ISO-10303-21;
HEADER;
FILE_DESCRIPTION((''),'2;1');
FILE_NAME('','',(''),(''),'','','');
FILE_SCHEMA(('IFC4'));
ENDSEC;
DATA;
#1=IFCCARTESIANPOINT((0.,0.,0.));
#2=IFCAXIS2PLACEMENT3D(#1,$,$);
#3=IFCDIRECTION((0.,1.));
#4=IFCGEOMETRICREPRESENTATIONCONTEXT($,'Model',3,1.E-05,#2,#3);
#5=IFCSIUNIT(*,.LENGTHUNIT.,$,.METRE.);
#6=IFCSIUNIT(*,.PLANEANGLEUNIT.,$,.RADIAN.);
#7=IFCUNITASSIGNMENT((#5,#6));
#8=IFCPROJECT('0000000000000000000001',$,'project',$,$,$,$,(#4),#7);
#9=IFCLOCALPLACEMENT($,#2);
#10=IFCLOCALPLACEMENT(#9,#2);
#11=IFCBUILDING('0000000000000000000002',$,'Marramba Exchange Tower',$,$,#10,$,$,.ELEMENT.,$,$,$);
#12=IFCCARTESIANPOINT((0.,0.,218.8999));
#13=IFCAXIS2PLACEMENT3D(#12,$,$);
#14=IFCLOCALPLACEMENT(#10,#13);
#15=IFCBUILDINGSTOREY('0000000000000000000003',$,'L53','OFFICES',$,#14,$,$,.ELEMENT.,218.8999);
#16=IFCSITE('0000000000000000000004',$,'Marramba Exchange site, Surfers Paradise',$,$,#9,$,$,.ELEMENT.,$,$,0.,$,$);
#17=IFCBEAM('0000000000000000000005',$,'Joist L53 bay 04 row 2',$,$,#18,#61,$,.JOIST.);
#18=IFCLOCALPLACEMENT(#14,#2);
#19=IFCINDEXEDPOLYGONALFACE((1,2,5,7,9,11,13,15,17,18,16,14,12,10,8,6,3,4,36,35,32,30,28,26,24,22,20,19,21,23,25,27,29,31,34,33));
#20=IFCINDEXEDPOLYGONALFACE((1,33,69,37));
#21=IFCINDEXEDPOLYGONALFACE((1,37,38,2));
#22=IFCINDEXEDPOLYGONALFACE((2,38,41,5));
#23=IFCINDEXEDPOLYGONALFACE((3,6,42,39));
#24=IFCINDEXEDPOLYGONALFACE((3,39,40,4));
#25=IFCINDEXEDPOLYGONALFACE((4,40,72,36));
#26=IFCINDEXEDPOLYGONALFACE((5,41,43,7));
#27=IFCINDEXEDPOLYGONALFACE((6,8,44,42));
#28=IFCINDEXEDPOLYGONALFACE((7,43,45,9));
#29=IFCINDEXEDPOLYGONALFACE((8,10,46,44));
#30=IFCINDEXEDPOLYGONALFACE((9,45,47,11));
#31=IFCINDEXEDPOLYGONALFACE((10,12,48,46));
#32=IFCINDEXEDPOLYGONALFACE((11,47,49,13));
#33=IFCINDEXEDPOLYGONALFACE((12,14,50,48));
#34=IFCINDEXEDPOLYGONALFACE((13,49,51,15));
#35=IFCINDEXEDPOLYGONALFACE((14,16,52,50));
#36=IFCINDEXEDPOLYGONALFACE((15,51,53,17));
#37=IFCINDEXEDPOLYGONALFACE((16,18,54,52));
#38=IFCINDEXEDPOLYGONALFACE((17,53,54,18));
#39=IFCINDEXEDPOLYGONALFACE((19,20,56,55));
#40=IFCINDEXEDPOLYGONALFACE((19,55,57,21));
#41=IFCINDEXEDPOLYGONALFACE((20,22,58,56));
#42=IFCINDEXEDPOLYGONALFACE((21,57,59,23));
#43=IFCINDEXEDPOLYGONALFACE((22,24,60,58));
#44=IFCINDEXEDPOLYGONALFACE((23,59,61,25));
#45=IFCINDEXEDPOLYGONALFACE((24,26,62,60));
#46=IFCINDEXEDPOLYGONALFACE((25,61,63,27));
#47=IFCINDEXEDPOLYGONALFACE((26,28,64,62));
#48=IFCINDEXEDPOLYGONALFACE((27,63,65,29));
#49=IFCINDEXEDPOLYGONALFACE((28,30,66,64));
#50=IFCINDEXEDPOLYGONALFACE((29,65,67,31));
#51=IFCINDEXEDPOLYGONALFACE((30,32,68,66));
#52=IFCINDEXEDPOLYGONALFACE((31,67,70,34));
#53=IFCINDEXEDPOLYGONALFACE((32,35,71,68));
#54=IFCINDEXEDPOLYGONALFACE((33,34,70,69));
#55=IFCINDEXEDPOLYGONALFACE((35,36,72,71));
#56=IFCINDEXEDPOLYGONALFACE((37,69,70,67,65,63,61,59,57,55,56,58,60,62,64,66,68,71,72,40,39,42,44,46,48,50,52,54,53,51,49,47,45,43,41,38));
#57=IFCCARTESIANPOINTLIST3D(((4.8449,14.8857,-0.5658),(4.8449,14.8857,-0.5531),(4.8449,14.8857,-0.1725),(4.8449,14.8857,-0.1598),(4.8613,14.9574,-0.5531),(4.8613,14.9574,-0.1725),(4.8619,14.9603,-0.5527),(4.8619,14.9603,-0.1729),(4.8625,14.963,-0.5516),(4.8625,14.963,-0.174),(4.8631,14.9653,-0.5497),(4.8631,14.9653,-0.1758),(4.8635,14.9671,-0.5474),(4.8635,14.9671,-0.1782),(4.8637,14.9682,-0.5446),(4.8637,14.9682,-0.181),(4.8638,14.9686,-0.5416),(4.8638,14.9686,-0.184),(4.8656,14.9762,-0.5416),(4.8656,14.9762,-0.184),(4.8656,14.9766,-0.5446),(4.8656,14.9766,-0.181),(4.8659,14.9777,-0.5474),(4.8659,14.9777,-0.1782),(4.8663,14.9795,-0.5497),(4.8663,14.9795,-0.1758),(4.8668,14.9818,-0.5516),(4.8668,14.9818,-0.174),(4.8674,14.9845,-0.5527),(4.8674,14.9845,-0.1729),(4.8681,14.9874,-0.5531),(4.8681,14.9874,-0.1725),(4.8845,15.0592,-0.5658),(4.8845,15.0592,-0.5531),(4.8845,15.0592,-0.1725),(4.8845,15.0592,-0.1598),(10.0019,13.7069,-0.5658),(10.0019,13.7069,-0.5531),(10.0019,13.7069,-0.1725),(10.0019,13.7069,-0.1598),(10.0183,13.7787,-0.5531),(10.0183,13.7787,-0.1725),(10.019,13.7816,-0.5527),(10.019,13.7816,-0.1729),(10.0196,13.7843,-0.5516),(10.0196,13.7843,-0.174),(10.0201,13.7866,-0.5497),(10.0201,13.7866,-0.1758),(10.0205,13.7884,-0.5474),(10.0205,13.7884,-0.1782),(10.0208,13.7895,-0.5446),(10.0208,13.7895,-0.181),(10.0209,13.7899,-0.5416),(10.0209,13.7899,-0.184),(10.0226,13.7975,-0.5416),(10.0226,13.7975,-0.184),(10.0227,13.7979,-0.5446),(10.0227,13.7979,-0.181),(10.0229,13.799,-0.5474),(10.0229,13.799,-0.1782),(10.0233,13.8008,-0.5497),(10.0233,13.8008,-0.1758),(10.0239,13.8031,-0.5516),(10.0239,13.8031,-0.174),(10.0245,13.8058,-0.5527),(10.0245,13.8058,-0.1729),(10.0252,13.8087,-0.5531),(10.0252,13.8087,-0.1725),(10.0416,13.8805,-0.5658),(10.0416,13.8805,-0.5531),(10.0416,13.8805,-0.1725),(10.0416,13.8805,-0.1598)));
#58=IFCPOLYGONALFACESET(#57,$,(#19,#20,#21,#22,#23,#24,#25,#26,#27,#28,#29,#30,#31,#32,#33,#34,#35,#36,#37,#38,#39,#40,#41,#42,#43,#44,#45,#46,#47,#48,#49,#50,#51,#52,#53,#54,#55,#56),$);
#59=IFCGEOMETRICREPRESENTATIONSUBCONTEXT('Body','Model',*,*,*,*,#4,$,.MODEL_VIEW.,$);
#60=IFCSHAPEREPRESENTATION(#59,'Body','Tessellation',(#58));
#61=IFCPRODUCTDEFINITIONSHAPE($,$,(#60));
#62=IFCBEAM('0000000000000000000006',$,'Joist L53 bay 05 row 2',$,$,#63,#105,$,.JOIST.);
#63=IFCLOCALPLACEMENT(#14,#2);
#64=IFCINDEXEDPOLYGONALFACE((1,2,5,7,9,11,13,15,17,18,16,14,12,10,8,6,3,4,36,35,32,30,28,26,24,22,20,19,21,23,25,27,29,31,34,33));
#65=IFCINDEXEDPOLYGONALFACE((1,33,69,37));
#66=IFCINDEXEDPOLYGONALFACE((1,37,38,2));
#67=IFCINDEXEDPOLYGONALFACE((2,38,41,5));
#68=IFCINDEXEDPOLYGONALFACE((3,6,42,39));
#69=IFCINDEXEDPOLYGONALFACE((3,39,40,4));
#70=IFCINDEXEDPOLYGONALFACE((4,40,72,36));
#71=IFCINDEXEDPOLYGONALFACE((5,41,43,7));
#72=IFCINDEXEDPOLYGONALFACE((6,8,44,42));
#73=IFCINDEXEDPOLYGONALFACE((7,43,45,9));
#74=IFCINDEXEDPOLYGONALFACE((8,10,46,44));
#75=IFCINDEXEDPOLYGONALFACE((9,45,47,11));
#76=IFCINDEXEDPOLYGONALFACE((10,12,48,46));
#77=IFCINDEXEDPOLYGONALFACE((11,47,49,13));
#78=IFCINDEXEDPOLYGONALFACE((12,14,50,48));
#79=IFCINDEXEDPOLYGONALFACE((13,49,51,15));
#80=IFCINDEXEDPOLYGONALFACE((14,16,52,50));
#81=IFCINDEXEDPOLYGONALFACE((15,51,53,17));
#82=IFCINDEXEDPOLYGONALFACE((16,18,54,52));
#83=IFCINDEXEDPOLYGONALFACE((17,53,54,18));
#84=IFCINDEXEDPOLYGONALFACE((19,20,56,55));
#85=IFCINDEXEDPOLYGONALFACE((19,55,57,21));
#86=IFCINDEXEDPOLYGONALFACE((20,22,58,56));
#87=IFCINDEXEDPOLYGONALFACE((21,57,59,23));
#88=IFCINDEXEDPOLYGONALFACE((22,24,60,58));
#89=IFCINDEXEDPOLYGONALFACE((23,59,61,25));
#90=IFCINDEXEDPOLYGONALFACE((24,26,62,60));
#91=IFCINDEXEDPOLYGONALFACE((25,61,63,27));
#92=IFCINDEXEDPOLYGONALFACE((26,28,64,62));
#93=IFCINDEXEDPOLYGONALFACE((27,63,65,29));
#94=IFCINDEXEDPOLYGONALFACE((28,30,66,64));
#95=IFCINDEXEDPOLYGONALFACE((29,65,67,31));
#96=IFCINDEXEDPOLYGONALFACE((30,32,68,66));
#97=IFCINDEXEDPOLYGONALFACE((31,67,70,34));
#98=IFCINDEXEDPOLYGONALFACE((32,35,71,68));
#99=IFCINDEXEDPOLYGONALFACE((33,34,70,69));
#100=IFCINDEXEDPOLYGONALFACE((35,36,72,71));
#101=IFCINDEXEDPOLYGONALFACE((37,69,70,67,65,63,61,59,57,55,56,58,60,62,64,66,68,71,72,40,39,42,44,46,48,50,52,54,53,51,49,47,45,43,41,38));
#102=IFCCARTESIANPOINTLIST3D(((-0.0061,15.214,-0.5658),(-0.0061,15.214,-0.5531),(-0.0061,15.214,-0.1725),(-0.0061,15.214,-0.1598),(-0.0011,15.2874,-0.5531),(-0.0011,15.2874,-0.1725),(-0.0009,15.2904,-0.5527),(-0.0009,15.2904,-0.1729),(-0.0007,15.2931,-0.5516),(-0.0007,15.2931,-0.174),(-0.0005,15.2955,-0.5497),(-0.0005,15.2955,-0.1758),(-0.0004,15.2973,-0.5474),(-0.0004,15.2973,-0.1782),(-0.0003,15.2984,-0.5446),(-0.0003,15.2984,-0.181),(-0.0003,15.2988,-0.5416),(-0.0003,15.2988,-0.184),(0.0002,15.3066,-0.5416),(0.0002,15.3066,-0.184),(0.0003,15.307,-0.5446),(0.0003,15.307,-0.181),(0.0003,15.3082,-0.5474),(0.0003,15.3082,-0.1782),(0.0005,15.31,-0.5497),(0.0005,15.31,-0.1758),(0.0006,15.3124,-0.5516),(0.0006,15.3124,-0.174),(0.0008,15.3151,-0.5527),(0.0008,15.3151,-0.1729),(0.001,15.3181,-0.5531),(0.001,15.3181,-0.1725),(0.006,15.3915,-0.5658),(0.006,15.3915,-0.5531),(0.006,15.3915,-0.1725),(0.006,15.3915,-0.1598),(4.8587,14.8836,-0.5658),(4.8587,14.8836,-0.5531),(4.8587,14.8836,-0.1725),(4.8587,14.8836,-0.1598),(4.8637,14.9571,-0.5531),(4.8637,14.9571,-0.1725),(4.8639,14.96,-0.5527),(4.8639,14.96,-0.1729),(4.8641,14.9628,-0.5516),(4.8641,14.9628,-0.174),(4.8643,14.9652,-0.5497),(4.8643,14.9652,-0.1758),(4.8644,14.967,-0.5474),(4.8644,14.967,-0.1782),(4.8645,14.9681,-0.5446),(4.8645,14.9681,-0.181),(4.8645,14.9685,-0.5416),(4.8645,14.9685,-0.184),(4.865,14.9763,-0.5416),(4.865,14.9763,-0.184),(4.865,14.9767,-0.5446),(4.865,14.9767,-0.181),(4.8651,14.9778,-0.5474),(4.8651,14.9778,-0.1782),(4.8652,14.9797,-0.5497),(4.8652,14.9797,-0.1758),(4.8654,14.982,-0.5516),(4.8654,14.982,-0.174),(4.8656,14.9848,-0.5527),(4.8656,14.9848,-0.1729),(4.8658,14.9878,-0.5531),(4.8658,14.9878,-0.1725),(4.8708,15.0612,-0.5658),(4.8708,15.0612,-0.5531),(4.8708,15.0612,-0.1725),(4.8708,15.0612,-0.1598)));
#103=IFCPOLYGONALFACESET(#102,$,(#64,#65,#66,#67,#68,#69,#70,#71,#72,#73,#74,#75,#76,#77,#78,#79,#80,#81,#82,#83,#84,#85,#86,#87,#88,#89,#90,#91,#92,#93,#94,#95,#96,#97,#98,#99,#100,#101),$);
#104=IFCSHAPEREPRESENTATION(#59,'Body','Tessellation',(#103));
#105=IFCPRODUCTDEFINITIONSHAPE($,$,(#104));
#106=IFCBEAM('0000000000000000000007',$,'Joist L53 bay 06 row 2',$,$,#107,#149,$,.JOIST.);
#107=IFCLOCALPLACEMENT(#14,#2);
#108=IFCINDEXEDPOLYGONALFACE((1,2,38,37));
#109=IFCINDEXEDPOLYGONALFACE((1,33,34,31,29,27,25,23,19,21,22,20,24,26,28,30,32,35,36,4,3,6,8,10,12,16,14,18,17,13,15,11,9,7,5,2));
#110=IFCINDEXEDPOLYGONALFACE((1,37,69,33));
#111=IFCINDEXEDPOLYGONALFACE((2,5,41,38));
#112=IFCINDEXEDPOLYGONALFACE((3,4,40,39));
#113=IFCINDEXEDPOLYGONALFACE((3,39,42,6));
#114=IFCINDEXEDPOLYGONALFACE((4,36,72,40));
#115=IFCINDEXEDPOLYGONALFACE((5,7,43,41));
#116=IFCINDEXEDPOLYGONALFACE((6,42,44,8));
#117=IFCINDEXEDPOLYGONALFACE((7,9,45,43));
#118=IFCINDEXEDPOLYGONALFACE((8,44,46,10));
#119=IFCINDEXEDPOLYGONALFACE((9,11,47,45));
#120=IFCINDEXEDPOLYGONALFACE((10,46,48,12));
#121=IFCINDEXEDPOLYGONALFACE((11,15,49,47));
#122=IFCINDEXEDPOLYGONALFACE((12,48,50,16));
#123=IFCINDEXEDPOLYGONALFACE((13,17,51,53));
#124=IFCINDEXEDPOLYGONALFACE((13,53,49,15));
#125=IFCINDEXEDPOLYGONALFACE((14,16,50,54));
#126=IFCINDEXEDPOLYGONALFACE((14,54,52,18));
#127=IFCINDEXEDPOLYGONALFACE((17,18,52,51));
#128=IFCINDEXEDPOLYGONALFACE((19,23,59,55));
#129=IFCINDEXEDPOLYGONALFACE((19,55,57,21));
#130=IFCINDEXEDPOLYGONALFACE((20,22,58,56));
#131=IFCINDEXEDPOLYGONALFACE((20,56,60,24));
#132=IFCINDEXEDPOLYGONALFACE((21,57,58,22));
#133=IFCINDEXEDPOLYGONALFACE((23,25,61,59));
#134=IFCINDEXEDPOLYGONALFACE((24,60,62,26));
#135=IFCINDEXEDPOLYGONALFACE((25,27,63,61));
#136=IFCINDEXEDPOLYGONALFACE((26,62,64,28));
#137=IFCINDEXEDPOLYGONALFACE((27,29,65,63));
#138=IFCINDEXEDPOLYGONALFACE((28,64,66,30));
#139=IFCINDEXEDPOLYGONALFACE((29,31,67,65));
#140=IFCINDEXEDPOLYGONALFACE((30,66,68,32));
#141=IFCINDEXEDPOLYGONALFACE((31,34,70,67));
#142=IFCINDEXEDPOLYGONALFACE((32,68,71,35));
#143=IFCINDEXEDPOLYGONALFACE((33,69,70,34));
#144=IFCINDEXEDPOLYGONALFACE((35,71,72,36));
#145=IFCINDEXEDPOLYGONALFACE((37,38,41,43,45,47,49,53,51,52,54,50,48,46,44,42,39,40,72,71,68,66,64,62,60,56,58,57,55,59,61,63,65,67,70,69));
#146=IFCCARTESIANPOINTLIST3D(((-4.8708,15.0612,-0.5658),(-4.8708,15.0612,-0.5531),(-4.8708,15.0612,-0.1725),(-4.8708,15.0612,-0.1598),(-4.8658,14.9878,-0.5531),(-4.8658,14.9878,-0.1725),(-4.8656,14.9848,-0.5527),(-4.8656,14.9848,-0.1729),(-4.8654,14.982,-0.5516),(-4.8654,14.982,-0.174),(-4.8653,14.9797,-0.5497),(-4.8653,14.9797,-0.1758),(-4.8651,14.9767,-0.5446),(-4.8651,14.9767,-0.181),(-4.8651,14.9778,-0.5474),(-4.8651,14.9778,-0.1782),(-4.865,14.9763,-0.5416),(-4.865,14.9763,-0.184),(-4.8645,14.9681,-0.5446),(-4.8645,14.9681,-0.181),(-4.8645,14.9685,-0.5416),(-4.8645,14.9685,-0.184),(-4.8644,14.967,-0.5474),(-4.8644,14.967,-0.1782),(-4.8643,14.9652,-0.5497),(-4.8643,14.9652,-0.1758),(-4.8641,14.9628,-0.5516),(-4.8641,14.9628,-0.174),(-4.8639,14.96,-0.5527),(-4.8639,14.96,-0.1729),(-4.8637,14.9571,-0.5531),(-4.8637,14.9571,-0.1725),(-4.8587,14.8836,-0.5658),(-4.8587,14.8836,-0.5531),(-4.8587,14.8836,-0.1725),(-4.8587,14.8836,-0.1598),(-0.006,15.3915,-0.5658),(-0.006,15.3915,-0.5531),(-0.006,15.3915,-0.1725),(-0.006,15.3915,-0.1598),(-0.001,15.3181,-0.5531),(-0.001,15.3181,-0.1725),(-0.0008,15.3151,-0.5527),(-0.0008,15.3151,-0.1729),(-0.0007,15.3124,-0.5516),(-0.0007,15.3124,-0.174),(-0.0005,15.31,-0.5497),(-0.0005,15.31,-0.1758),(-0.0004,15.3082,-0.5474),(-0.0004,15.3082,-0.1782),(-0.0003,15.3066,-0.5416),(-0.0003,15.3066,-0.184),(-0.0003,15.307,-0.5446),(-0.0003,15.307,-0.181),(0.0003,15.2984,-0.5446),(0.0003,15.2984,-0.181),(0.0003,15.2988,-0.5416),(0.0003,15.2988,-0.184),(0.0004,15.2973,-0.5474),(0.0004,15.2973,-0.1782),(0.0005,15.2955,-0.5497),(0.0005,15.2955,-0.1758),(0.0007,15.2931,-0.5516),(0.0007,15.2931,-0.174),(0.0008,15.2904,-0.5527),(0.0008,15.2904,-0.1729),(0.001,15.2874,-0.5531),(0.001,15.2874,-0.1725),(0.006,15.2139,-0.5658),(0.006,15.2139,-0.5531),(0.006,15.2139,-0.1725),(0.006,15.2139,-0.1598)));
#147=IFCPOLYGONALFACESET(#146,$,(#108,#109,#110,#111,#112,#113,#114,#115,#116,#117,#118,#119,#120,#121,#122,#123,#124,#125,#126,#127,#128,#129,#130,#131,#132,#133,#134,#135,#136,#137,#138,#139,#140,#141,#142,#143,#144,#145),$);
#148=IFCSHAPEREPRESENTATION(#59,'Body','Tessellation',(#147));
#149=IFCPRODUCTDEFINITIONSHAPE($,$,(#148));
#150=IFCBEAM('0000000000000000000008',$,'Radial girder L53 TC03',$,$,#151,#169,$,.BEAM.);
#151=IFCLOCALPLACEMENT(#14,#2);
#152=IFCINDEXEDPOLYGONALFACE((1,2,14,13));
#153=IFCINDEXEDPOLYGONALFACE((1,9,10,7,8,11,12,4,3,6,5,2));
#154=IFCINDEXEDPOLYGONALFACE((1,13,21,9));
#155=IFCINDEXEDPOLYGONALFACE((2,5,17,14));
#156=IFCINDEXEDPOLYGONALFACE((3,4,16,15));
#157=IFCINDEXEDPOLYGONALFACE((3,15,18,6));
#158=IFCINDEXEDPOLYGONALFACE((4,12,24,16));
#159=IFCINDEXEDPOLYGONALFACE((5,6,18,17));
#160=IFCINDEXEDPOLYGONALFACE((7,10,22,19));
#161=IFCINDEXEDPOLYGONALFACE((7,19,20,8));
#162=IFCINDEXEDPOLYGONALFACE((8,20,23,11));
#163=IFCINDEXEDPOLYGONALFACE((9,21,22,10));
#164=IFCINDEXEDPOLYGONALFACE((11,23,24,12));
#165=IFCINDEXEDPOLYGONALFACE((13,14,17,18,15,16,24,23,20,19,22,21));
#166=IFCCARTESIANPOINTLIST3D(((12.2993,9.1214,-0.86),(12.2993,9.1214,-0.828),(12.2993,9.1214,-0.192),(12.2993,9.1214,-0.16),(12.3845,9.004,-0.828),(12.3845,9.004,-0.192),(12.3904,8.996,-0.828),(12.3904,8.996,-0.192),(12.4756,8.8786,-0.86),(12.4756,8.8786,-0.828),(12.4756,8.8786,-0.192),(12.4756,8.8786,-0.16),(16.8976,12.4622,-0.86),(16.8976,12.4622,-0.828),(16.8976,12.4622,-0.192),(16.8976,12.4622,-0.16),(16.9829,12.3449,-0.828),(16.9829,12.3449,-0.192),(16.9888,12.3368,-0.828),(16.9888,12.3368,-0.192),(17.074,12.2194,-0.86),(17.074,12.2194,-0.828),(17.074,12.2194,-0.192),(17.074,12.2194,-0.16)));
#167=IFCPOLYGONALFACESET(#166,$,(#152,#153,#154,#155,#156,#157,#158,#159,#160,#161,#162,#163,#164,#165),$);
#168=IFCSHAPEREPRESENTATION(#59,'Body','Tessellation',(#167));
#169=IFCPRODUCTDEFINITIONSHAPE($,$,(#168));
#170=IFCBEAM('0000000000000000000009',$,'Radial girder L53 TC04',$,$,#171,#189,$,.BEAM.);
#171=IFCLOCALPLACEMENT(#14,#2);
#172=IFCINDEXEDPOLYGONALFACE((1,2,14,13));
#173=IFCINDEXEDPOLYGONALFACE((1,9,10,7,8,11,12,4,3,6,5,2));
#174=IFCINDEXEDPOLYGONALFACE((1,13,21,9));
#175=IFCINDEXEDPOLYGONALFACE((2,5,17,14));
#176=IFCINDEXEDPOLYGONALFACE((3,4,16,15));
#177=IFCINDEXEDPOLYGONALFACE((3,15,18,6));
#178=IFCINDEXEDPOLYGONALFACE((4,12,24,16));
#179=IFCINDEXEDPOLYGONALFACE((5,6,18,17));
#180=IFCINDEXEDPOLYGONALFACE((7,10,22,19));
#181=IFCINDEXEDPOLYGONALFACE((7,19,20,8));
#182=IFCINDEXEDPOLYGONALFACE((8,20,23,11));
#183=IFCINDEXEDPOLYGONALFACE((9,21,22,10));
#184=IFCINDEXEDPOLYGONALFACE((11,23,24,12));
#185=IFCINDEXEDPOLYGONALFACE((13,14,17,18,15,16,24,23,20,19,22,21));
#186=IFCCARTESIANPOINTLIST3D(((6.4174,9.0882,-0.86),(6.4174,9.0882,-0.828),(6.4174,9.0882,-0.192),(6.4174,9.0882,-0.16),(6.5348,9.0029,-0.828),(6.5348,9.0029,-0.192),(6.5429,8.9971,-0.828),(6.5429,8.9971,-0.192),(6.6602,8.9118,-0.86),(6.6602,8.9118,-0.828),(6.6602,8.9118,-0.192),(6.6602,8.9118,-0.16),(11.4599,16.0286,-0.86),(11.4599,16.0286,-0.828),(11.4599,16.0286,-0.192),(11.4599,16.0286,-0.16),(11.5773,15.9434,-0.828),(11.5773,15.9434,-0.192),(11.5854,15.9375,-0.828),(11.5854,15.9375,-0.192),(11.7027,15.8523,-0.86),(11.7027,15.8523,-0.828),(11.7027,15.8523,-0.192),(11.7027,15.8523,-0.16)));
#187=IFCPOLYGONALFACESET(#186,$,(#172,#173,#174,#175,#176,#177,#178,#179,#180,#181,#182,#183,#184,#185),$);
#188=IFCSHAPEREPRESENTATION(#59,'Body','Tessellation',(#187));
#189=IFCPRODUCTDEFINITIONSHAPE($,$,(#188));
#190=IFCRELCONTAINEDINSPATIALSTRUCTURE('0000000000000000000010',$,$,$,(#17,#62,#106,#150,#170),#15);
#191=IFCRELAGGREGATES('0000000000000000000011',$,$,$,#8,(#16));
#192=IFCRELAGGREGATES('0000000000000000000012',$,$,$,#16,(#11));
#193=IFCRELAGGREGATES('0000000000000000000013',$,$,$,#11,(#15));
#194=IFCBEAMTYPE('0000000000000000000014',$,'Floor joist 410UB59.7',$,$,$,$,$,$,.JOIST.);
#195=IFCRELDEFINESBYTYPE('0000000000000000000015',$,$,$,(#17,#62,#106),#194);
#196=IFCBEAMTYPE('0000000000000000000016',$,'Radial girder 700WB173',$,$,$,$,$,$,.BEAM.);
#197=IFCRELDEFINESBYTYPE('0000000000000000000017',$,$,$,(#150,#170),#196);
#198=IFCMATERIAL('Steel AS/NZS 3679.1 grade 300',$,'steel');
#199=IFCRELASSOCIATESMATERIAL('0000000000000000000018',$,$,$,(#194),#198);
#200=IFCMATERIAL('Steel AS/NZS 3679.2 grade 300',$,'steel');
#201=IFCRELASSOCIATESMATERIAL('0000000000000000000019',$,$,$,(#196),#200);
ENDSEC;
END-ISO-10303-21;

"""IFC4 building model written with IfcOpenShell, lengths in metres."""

from ifc_helpers import new_model, si_unit, direction, frame, origin, origin_2d, place, context, subcontext, project, spatial, i_section, extrude, material, material_profile, profile_set, type_object, element, save


model = new_model("IFC4")

# Units and contexts
model_context = context("Model", 3, precision=1e-05, world=origin(), true_north=direction((0.0, 1.0)))
body_context = subcontext(model_context, "Body", "Model", "MODEL_VIEW")
ifc_project = project(units=[si_unit("LENGTHUNIT", "METRE"), si_unit("PLANEANGLEUNIT", "RADIAN")], contexts=[model_context])

# Site, building, storey
site_placement = place(None, origin())
site = spatial("IfcSite", under=ifc_project, at=site_placement, Name="Marramba Exchange site, Surfers Paradise", CompositionType="ELEMENT", RefElevation=0.0)
building_placement = place(site_placement, origin())
building = spatial("IfcBuilding", under=site, at=building_placement, Name="Marramba Exchange Tower", CompositionType="ELEMENT")
storey_placement = place(building_placement, frame((0.0, 0.0, 218.8999)))
storey = spatial("IfcBuildingStorey", under=building, at=storey_placement, Name="L53", Description="OFFICES", CompositionType="ELEMENT", Elevation=218.8999)

# Beams
ifc_material_1 = material(Name="Steel AS/NZS 3679.1 grade 300", Category="steel")
ifc_material_profile_1 = material_profile(ifc_material_1, i_section(OverallWidth=0.178, OverallDepth=0.406, WebThickness=0.0078, FlangeThickness=0.0127, FilletRadius=0.0115, at=origin_2d()), Name="410UB59.7")
ifc_profile_set_1 = profile_set([ifc_material_profile_1], Name="Steel AS/NZS 3679.1 grade 300")
beam_type_1 = type_object("IfcBeamType", Name="Floor joist 410UB59.7", PredefinedType="JOIST", material=ifc_profile_set_1)
beam_1_placement = place(storey_placement, frame((10.0217, 13.7937, -0.3628), z_axis=(-0.97486, 0.22282, 0.0), x_axis=(-0.22282, -0.97486, 0.0)))
element("IfcBeam", 1, at=beam_1_placement, inside=storey, type_object=beam_type_1, Name="Joist L53 bay 04 row 2", PredefinedType="JOIST", context=body_context, shape_type="SweptSolid", body=[
    extrude(i_section(OverallWidth=0.178, OverallDepth=0.406, WebThickness=0.0078, FlangeThickness=0.0127, FilletRadius=0.0115, at=origin_2d()), origin(), (0.0, 0.0, 1.0), 5.29),
])
for number, where, z_axis, x_axis, name in (
    (2, (4.8647, 14.9724, -0.3628), (-0.997703, 0.067745, 0.0), (-0.067745, -0.997703, 0.0), "Joist L53 bay 05 row 2"),
    (3, (0.0, 15.3027, -0.3628), (-0.997703, -0.067745, 0.0), (0.067745, -0.997703, 0.0), "Joist L53 bay 06 row 2"),
):
    element("IfcBeam", number, at=place(storey_placement, frame(where, z_axis=z_axis, x_axis=x_axis)), inside=storey, type_object=beam_type_1, Name=name, PredefinedType="JOIST", context=body_context, shape_type="SweptSolid", body=[
        extrude(i_section(OverallWidth=0.178, OverallDepth=0.406, WebThickness=0.0078, FlangeThickness=0.0127, FilletRadius=0.0115, at=origin_2d()), origin(), (0.0, 0.0, 1.0), 4.876),
    ])
ifc_material_2 = material(Name="Steel AS/NZS 3679.2 grade 300", Category="steel")
ifc_material_profile_2 = material_profile(ifc_material_2, i_section(OverallWidth=0.3, OverallDepth=0.7, WebThickness=0.01, FlangeThickness=0.032, at=origin_2d()), Name="700WB173")
ifc_profile_set_2 = profile_set([ifc_material_profile_2], Name="Steel AS/NZS 3679.2 grade 300")
beam_type_2 = type_object("IfcBeamType", Name="Radial girder 700WB173", PredefinedType="BEAM", material=ifc_profile_set_2)
beam_2_placement = place(storey_placement, frame((12.3875, 9.0, -0.51), z_axis=(0.809026, 0.587773, 0.0), x_axis=(-0.587773, 0.809026, 0.0)))
element("IfcBeam", 4, at=beam_2_placement, inside=storey, type_object=beam_type_2, Name="Radial girder L53 TC03", PredefinedType="BEAM", context=body_context, shape_type="SweptSolid", body=[
    extrude(i_section(OverallWidth=0.3, OverallDepth=0.7, WebThickness=0.01, FlangeThickness=0.032, at=origin_2d()), origin(), (0.0, 0.0, 1.0), 5.6838),
])
beam_3_placement = place(storey_placement, frame((6.5388, 9.0, -0.51), z_axis=(0.587782, 0.809019, 0.0), x_axis=(-0.809019, 0.587782, 0.0)))
element("IfcBeam", 5, at=beam_3_placement, inside=storey, type_object=beam_type_2, Name="Radial girder L53 TC04", PredefinedType="BEAM", context=body_context, shape_type="SweptSolid", body=[
    extrude(i_section(OverallWidth=0.3, OverallDepth=0.7, WebThickness=0.01, FlangeThickness=0.032, at=origin_2d()), origin(), (0.0, 0.0, 1.0), 8.5789),
])

save(model, "model.ifc")
